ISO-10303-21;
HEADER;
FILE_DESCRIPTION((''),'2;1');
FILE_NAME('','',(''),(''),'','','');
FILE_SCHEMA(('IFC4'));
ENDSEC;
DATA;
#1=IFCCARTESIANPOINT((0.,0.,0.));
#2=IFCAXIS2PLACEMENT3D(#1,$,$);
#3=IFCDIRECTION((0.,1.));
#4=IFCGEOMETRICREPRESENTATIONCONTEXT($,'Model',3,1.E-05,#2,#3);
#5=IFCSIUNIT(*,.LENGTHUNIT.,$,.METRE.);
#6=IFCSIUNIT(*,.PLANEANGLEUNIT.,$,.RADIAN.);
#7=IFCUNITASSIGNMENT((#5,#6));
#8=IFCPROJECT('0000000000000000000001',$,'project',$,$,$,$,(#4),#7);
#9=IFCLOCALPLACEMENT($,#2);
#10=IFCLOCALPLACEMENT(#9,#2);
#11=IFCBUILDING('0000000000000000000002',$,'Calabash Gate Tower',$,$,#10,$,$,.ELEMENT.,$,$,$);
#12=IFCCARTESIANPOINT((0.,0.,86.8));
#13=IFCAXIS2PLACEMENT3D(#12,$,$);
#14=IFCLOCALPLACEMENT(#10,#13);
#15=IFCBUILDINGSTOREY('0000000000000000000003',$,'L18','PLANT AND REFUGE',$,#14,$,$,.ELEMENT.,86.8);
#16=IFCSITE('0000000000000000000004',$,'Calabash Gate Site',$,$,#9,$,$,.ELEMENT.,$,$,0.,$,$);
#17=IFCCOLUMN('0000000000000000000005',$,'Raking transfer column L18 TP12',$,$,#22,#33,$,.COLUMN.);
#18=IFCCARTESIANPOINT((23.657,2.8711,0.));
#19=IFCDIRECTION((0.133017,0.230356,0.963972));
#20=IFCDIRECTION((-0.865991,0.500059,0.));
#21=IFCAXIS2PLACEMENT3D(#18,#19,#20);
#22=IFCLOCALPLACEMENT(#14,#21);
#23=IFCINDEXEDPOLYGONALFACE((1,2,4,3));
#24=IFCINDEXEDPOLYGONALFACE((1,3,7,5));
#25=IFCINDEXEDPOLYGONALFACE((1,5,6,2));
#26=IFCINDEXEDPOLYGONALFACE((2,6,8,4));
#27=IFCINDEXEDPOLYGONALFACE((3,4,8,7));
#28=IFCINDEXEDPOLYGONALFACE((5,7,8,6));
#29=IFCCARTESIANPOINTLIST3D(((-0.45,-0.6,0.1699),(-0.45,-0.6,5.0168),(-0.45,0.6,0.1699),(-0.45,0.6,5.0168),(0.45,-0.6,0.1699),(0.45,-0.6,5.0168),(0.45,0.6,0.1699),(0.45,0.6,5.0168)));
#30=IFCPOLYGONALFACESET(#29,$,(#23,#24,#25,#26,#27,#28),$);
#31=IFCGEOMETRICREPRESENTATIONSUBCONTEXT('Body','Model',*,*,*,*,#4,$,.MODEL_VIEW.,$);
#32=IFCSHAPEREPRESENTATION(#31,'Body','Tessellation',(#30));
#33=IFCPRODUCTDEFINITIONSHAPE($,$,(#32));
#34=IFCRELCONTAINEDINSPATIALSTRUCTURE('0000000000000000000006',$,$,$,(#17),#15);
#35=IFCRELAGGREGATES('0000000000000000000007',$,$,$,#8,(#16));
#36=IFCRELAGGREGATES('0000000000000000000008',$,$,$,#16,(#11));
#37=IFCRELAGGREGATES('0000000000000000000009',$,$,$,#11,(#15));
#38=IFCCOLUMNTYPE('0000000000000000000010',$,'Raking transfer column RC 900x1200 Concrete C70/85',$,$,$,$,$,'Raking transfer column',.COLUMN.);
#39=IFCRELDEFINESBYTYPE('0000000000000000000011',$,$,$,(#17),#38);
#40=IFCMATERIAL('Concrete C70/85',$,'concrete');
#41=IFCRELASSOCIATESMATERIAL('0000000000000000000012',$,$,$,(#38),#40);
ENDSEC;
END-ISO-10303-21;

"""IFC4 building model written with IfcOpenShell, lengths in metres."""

from ifc_helpers import new_model, si_unit, direction, frame, origin, origin_2d, place, context, subcontext, project, spatial, rectangle, extrude, clip, halfspace, material, material_profile, profile_set, type_object, element, save


model = new_model("IFC4")

# Units and contexts
model_context = context("Model", 3, precision=1e-05, world=origin(), true_north=direction((0.0, 1.0)))
body_context = subcontext(model_context, "Body", "Model", "MODEL_VIEW")
ifc_project = project(units=[si_unit("LENGTHUNIT", "METRE"), si_unit("PLANEANGLEUNIT", "RADIAN")], contexts=[model_context])

# Site, building, storey
site_placement = place(None, origin())
site = spatial("IfcSite", under=ifc_project, at=site_placement, Name="Calabash Gate Site", CompositionType="ELEMENT", RefElevation=0.0)
building_placement = place(site_placement, origin())
building = spatial("IfcBuilding", under=site, at=building_placement, Name="Calabash Gate Tower", CompositionType="ELEMENT")
storey_placement = place(building_placement, frame((0.0, 0.0, 86.8)))
storey = spatial("IfcBuildingStorey", under=building, at=storey_placement, Name="L18", Description="PLANT AND REFUGE", CompositionType="ELEMENT", Elevation=86.8)

# Column
ifc_material_1 = material(Name="Concrete C70/85", Category="concrete")
ifc_material_profile_1 = material_profile(ifc_material_1, rectangle(XDim=0.8999, YDim=1.2, at=origin_2d()))
ifc_profile_set_1 = profile_set([ifc_material_profile_1], Name="Concrete C70/85")
column_type = type_object("IfcColumnType", Name="Raking transfer column RC 900x1200 Concrete C70/85", ElementType="Raking transfer column", PredefinedType="COLUMN", material=ifc_profile_set_1)
column_placement = place(storey_placement, frame((23.657, 2.8711, 0.0), z_axis=(0.133017, 0.230356, 0.963972), x_axis=(-0.865991, 0.500059, 0.0)))
element("IfcColumn", 1, at=column_placement, inside=storey, type_object=column_type, Name="Raking transfer column L18 TP12", PredefinedType="COLUMN", context=body_context, shape_type="Clipping", body=[
    clip(clip(extrude(rectangle(XDim=0.8999, YDim=1.2, at=origin_2d()), origin(), (0.0, 0.0, 1.0), 5.1868), halfspace(frame((0.0, 0.0, 0.1699), z_axis=(0.0, 0.0, 1.0), x_axis=(1.0, 0.0, 0.0)), True)), halfspace(frame((0.0, 0.0, 5.0168), z_axis=(0.0, 0.0, 1.0), x_axis=(1.0, 0.0, 0.0)), False)),
])

save(model, "model.ifc")
